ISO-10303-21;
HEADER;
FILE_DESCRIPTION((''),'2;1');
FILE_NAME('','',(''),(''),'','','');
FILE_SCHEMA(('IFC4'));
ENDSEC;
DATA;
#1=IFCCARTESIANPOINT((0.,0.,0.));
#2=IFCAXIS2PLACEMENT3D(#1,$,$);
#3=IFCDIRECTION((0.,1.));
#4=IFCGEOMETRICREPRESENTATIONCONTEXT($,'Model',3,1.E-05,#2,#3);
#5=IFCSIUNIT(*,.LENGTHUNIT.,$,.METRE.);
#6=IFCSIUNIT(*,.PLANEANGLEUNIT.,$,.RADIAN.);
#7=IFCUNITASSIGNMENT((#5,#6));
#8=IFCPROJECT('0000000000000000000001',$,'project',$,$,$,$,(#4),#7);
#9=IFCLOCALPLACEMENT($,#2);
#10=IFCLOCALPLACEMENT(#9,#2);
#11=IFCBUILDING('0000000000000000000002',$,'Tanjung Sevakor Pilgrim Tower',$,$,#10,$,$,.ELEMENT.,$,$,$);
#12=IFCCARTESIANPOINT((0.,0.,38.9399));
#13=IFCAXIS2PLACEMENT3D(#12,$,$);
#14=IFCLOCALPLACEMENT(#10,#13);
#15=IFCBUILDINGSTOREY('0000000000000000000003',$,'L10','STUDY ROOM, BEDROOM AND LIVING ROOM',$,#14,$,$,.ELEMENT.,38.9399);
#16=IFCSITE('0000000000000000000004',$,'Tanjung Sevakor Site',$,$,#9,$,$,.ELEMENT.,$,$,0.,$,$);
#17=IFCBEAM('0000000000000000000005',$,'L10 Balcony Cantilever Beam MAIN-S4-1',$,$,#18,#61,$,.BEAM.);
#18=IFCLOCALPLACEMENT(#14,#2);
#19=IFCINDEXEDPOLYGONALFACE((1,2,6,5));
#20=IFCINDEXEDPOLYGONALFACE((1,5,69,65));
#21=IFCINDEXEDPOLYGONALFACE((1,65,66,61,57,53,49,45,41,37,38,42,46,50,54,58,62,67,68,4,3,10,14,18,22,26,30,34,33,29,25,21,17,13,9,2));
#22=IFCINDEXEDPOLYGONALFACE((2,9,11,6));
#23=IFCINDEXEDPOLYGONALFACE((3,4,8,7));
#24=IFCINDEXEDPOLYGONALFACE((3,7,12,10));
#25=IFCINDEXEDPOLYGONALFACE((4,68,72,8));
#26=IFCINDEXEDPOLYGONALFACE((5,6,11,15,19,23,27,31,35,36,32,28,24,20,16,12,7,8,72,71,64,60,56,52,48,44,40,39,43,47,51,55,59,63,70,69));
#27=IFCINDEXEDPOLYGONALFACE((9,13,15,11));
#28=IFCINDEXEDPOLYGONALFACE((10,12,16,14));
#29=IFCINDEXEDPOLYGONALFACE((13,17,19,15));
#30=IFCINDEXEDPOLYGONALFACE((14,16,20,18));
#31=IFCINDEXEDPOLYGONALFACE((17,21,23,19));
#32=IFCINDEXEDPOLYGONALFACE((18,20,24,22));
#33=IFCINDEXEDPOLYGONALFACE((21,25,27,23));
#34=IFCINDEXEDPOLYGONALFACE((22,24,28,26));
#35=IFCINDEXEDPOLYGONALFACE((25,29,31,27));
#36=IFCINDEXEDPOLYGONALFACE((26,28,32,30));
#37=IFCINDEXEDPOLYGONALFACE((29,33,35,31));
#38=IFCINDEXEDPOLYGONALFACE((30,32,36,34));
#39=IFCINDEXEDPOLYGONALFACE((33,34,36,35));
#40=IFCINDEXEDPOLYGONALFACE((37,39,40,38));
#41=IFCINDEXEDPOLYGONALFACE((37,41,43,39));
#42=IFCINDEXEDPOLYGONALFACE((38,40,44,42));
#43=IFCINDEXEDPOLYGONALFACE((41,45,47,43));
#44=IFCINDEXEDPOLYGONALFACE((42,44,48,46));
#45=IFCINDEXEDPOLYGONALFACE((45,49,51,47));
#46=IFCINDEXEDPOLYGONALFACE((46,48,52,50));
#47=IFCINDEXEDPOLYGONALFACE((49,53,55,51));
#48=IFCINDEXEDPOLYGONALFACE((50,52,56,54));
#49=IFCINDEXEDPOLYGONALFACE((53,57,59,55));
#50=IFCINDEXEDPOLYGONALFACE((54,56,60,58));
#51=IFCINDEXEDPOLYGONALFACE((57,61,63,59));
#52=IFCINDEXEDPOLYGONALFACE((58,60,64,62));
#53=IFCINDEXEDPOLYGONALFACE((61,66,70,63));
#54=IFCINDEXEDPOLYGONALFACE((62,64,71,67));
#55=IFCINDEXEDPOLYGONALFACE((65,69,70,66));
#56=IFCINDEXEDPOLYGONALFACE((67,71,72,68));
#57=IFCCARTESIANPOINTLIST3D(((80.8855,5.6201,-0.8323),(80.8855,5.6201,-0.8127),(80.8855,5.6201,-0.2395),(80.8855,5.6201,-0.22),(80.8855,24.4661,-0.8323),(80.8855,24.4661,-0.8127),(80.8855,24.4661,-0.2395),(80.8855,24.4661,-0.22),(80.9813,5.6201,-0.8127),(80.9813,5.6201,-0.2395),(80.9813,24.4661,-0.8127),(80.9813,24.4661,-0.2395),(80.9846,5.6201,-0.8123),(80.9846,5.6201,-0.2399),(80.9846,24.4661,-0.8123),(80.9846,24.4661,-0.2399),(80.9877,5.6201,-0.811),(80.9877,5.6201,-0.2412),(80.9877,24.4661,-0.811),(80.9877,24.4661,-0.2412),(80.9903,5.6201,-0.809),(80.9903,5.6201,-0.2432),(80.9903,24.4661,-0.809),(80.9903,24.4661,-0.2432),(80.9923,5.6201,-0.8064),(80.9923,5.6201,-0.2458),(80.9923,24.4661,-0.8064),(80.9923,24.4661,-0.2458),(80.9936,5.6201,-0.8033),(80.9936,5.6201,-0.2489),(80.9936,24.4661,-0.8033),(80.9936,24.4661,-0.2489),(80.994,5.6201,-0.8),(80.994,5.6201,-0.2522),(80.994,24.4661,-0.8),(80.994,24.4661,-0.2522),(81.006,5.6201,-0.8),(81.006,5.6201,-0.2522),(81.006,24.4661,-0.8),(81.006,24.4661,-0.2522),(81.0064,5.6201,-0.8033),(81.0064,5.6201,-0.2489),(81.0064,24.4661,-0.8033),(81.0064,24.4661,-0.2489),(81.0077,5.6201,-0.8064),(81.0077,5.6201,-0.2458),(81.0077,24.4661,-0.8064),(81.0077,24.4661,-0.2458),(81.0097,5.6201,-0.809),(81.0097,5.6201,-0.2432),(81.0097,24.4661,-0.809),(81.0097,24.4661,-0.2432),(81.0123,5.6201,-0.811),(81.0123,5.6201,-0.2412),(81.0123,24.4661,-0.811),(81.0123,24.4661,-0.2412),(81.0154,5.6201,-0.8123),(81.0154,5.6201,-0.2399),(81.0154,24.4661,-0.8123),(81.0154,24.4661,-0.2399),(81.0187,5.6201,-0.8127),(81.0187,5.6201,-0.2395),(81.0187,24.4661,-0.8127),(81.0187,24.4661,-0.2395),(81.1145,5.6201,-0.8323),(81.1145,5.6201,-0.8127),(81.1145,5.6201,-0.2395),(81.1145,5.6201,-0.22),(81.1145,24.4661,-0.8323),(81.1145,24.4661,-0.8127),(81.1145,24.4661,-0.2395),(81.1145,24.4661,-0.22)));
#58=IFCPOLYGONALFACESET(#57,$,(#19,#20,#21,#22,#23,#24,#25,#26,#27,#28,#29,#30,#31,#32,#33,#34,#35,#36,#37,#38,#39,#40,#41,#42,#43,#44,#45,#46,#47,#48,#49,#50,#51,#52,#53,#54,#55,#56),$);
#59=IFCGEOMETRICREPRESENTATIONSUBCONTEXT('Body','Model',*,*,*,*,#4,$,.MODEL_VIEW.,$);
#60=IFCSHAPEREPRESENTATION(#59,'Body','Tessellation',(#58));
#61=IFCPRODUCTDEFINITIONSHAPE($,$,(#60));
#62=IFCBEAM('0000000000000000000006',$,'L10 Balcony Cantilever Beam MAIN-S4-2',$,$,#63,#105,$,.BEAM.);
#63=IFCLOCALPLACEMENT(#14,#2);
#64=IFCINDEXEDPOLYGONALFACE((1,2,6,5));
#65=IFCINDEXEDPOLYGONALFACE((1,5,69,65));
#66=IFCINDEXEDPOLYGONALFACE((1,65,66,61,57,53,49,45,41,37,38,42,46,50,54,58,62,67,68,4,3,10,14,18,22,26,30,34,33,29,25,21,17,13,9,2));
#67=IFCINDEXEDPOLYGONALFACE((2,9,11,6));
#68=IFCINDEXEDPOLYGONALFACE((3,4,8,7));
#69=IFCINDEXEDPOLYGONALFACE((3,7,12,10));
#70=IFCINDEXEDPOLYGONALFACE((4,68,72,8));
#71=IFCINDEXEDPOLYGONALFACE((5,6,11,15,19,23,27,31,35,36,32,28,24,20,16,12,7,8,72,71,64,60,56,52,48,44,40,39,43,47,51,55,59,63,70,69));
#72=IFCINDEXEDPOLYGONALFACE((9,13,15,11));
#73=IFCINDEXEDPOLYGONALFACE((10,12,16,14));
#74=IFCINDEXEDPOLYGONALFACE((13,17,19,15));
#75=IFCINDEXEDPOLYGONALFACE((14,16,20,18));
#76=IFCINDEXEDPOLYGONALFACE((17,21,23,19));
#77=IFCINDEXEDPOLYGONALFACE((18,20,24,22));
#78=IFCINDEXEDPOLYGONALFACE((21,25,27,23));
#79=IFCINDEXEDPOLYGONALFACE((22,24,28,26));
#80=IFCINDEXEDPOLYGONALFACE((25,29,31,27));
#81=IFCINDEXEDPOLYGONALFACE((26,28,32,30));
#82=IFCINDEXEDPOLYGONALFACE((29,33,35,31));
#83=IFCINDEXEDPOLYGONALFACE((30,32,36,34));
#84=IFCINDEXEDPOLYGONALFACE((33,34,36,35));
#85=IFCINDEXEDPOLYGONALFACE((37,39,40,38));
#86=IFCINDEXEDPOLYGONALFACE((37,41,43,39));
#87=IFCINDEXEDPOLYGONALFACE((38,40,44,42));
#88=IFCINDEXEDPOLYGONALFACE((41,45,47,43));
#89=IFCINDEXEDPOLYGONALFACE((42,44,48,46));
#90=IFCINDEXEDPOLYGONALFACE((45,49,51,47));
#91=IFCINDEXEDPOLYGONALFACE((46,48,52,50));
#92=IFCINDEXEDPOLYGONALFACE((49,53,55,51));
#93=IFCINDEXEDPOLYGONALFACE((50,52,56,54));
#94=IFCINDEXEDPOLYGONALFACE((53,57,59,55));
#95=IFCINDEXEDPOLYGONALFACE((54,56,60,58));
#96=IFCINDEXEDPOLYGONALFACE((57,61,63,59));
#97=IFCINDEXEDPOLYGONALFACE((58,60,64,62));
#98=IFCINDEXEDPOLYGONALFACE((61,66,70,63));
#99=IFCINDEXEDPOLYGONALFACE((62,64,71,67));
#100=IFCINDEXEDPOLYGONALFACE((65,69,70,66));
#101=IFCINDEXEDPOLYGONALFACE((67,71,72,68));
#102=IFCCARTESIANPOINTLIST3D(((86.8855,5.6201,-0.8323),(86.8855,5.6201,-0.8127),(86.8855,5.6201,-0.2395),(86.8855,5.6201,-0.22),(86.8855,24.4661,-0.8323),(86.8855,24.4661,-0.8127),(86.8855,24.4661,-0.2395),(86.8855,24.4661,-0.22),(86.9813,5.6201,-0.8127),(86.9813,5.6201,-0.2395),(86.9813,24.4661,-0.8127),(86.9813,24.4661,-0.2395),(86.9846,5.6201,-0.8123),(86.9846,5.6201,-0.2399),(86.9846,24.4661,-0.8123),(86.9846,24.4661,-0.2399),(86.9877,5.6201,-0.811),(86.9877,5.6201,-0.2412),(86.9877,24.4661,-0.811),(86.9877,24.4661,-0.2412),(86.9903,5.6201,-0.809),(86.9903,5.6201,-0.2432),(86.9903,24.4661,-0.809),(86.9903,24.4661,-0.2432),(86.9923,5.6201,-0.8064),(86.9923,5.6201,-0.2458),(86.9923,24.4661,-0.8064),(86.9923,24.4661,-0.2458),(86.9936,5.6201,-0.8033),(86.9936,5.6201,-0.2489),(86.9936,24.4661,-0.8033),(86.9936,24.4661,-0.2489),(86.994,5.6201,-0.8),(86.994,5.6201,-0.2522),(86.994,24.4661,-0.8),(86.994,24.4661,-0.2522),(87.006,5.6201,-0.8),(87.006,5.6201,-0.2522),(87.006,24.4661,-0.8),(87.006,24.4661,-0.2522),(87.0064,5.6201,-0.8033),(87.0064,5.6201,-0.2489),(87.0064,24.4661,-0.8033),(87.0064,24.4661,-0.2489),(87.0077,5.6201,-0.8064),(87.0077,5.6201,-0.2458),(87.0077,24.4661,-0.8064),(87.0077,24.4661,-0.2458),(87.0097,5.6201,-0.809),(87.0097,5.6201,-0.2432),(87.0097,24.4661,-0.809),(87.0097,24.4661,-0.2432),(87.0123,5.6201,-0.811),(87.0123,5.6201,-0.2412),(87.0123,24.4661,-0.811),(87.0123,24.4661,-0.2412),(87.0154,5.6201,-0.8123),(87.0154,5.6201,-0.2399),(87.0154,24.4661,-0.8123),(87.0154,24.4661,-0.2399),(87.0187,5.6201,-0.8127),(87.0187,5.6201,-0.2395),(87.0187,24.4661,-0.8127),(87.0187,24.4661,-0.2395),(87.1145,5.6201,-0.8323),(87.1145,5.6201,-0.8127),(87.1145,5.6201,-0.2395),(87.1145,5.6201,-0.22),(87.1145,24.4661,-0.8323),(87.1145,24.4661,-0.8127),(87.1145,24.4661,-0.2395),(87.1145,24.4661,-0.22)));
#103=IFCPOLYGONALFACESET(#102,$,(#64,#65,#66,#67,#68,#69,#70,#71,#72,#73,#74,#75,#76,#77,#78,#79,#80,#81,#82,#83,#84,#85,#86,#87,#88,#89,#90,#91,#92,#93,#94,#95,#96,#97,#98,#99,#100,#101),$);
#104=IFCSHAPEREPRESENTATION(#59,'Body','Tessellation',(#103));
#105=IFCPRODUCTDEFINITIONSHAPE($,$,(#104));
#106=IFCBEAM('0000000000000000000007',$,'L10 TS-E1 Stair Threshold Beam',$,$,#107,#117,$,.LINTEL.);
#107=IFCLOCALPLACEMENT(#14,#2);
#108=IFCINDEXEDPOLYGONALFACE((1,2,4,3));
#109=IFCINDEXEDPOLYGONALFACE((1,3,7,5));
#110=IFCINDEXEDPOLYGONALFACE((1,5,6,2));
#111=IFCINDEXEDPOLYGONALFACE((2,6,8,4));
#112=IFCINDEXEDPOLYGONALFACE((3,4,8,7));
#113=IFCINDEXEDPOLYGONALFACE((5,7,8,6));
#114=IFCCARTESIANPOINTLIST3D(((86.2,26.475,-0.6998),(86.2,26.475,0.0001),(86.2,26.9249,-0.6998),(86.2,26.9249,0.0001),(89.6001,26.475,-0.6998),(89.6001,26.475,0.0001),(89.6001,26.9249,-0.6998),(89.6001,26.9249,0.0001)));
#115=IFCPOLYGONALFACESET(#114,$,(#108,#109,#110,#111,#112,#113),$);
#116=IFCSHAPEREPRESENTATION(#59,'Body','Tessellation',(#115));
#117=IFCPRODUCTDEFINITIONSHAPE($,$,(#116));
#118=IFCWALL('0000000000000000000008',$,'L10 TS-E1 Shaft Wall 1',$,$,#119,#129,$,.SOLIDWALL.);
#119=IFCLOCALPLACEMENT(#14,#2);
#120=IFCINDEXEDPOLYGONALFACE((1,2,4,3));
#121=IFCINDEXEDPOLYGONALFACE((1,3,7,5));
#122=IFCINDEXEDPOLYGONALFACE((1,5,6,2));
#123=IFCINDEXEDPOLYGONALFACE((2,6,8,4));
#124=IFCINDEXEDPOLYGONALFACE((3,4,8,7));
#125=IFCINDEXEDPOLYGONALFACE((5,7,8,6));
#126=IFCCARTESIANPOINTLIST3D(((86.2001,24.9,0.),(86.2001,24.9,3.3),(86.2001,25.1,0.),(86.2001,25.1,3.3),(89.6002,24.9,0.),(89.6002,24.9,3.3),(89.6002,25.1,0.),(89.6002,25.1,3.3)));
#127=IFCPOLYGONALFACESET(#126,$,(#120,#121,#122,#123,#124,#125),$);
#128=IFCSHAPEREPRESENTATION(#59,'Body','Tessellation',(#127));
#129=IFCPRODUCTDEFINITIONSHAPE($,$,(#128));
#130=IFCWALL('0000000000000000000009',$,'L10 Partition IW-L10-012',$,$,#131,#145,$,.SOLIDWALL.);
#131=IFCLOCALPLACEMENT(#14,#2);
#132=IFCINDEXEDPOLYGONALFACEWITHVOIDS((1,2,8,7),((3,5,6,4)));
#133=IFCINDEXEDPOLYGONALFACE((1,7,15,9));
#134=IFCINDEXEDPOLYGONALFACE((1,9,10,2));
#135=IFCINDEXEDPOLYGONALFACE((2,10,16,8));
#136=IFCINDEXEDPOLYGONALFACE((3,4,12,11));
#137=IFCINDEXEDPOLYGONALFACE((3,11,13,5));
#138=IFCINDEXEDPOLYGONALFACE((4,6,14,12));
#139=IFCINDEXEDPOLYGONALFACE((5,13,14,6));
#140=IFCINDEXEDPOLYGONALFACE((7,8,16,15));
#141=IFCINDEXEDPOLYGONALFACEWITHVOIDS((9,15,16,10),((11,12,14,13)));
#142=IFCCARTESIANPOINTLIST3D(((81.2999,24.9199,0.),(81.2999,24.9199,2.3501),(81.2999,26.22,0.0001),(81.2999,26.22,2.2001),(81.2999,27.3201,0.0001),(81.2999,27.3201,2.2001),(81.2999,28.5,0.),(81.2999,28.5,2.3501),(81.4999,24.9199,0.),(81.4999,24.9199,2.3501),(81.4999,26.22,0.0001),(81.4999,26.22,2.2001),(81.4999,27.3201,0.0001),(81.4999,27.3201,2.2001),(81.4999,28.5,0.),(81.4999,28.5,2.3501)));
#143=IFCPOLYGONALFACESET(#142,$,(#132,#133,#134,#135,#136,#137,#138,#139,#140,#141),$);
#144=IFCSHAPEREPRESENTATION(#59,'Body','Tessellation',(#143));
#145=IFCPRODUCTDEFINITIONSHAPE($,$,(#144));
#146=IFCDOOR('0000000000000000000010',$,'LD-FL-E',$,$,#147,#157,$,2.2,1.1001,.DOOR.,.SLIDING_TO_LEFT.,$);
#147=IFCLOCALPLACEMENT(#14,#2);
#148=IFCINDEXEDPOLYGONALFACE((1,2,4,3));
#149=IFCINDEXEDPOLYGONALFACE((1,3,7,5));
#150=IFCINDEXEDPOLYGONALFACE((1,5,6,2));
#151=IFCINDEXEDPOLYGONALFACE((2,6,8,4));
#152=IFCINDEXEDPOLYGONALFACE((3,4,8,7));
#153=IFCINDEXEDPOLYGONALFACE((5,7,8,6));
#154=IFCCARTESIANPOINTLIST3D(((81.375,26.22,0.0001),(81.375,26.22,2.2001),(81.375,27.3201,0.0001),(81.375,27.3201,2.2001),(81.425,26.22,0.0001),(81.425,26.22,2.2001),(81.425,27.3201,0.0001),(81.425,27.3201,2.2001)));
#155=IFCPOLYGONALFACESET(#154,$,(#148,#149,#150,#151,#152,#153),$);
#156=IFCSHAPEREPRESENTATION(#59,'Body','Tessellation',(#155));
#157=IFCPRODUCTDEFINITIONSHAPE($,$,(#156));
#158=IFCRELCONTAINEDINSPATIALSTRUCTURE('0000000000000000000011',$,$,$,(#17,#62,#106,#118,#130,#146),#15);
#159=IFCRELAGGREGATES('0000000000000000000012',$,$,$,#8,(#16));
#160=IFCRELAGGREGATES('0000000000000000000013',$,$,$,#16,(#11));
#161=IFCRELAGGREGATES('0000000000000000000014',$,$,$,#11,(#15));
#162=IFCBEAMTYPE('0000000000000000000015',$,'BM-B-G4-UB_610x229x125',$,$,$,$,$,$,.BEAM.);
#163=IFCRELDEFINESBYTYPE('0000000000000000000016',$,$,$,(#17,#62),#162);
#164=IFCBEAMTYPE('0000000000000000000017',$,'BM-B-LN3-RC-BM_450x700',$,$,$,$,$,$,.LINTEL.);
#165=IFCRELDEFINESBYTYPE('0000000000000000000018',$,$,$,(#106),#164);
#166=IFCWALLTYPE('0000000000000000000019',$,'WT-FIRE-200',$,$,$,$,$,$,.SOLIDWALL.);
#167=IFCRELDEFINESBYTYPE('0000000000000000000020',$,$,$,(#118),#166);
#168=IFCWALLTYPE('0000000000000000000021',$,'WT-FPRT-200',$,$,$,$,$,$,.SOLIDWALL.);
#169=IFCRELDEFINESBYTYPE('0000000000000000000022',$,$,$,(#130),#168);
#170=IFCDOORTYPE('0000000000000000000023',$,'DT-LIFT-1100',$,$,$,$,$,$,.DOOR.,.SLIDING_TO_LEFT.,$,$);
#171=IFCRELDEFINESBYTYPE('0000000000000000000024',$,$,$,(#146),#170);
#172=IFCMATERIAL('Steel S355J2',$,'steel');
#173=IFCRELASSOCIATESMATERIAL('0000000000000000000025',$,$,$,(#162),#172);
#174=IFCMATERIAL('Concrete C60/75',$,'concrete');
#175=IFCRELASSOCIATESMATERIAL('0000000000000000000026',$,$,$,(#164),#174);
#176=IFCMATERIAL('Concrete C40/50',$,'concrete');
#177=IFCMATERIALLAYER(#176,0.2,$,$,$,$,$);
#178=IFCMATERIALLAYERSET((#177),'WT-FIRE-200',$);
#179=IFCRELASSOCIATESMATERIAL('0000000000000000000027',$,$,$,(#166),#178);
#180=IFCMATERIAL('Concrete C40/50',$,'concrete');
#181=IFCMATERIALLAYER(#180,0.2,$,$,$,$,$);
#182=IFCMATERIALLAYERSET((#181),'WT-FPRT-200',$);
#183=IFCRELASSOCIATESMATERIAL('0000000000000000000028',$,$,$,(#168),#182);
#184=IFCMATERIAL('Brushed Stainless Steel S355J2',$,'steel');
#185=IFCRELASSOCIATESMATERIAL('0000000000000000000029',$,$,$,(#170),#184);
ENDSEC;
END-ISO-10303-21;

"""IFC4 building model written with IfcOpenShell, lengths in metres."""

from ifc_helpers import new_model, si_unit, direction, frame, frame_2d, origin, origin_2d, place, context, subcontext, project, spatial, rectangle, i_section, extrude, material, layer, layer_set, material_profile, profile_set, type_object, element, fill, save


model = new_model("IFC4")

# Units and contexts
model_context = context("Model", 3, precision=1e-05, world=origin(), true_north=direction((0.0, 1.0)))
body_context = subcontext(model_context, "Body", "Model", "MODEL_VIEW")
ifc_project = project(units=[si_unit("LENGTHUNIT", "METRE"), si_unit("PLANEANGLEUNIT", "RADIAN")], contexts=[model_context])

# Site, building, storey
site_placement = place(None, origin())
site = spatial("IfcSite", under=ifc_project, at=site_placement, Name="Tanjung Sevakor Site", CompositionType="ELEMENT", RefElevation=0.0)
building_placement = place(site_placement, origin())
building = spatial("IfcBuilding", under=site, at=building_placement, Name="Tanjung Sevakor Pilgrim Tower", CompositionType="ELEMENT")
storey_placement = place(building_placement, frame((0.0, 0.0, 38.9399)))
storey = spatial("IfcBuildingStorey", under=building, at=storey_placement, Name="L10", Description="STUDY ROOM, BEDROOM AND LIVING ROOM", CompositionType="ELEMENT", Elevation=38.9399)

# Beams
ifc_material_1 = material(Name="Steel S355J2", Category="steel")
ifc_material_profile_1 = material_profile(ifc_material_1, i_section(OverallWidth=0.229, OverallDepth=0.6123, WebThickness=0.012, FlangeThickness=0.0195, FilletRadius=0.0127, at=origin_2d()))
ifc_profile_set_1 = profile_set([ifc_material_profile_1], Name="Steel S355J2")
beam_type_1 = type_object("IfcBeamType", Name="BM-B-G4-UB_610x229x125", PredefinedType="BEAM", material=ifc_profile_set_1)
for number, where, z_axis, x_axis, name in (
    (1, (81.0, 24.4661, -0.5261), (0.0, -1.0, 0.0), (1.0, 0.0, 0.0), "L10 Balcony Cantilever Beam MAIN-S4-1"),
    (2, (87.0, 24.4661, -0.5261), (0.0, -1.0, 0.0), (1.0, 0.0, 0.0), "L10 Balcony Cantilever Beam MAIN-S4-2"),
):
    element("IfcBeam", number, at=place(storey_placement, frame(where, z_axis=z_axis, x_axis=x_axis)), inside=storey, type_object=beam_type_1, Name=name, PredefinedType="BEAM", context=body_context, shape_type="SweptSolid", body=[
        extrude(i_section(OverallWidth=0.229, OverallDepth=0.6123, WebThickness=0.012, FlangeThickness=0.0195, FilletRadius=0.0127, at=origin_2d()), origin(), (0.0, 0.0, 1.0), 18.8459),
    ])
ifc_material_2 = material(Name="Concrete C60/75", Category="concrete")
ifc_material_profile_2 = material_profile(ifc_material_2, rectangle(XDim=0.45, YDim=0.7, at=origin_2d()))
ifc_profile_set_2 = profile_set([ifc_material_profile_2], Name="Concrete C60/75")
beam_type_2 = type_object("IfcBeamType", Name="BM-B-LN3-RC-BM_450x700", PredefinedType="LINTEL", material=ifc_profile_set_2)
beam_placement = place(storey_placement, frame((86.2, 26.7, -0.3499), z_axis=(1.0, 0.0, 0.0), x_axis=(0.0, 1.0, 0.0)))
element("IfcBeam", 3, at=beam_placement, inside=storey, type_object=beam_type_2, Name="L10 TS-E1 Stair Threshold Beam", PredefinedType="LINTEL", context=body_context, shape_type="SweptSolid", body=[
    extrude(rectangle(XDim=0.45, YDim=0.7, at=origin_2d()), origin(), (0.0, 0.0, 1.0), 3.4001),
])

# Wall
ifc_material_3 = material(Name="Concrete C40/50", Category="concrete")
ifc_layer_1 = layer(ifc_material_3, 0.2)
ifc_layer_set_1 = layer_set([ifc_layer_1], Name="WT-FIRE-200")
wall_type_1 = type_object("IfcWallType", Name="WT-FIRE-200", PredefinedType="SOLIDWALL", material=ifc_layer_set_1)
wall_1_placement = place(storey_placement, frame((86.2, 25.0, 0.0), z_axis=(0.0, 0.0, 1.0), x_axis=(1.0, 0.0, 0.0)))
element("IfcWall", 4, at=wall_1_placement, inside=storey, type_object=wall_type_1, Name="L10 TS-E1 Shaft Wall 1", PredefinedType="SOLIDWALL", context=body_context, shape_type="SweptSolid", body=[
    extrude(rectangle(XDim=3.4001, YDim=0.2, at=frame_2d((1.7002, 0.0))), origin(), (0.0, 0.0, 1.0), 3.3),
])

# Wall, opening, door
ifc_material_4 = material(Name="Concrete C40/50", Category="concrete")
ifc_layer_2 = layer(ifc_material_4, 0.2)
ifc_layer_set_2 = layer_set([ifc_layer_2], Name="WT-FPRT-200")
wall_type_2 = type_object("IfcWallType", Name="WT-FPRT-200", PredefinedType="SOLIDWALL", material=ifc_layer_set_2)
wall_2_placement = place(storey_placement, frame((81.3999, 24.9199, 0.0), z_axis=(0.0, 0.0, 1.0), x_axis=(0.0, 1.0, 0.0)))
wall_2 = element("IfcWall", 5, at=wall_2_placement, inside=storey, type_object=wall_type_2, Name="L10 Partition IW-L10-012", PredefinedType="SOLIDWALL", context=body_context, shape_type="SweptSolid", body=[
    extrude(rectangle(XDim=3.5801, YDim=0.2, at=frame_2d((1.79, 0.0))), origin(), (0.0, 0.0, 1.0), 2.3501),
])
opening_1_placement = place(wall_2_placement, frame((1.3, 0.0, 0.0)))
opening_1 = element("IfcOpeningElement", 6, at=opening_1_placement, cuts=wall_2, PredefinedType="OPENING", context=body_context, shape_type="SweptSolid", body=[
    extrude(rectangle(XDim=1.1001, YDim=2.2, at=frame_2d((0.55, 1.1001))), frame((0.0, 0.1099, 0.0), z_axis=(0.0, -1.0, 0.0), x_axis=(1.0, 0.0, 0.0)), (0.0, 0.0, 1.0), 0.22),
])
ifc_material_5 = material(Name="Brushed Stainless Steel S355J2", Category="steel")
door_type_1 = type_object("IfcDoorType", Name="DT-LIFT-1100", OperationType="SLIDING_TO_LEFT", PredefinedType="DOOR", material=ifc_material_5)
door_1_placement = place(opening_1_placement, origin())
door_1 = element("IfcDoor", 7, at=door_1_placement, inside=storey, type_object=door_type_1, Name="LD-FL-E", OperationType="SLIDING_TO_LEFT", OverallHeight=2.2, OverallWidth=1.1001, PredefinedType="DOOR", context=body_context, shape_type="SweptSolid", body=[
    extrude(rectangle(XDim=1.1001, YDim=2.2, at=frame_2d((0.55, 1.1001))), frame((0.0, 0.0249, 0.0), z_axis=(0.0, -1.0, 0.0), x_axis=(1.0, 0.0, 0.0)), (0.0, 0.0, 1.0), 0.05),
])
fill(opening_1, door_1)

save(model, "model.ifc")
